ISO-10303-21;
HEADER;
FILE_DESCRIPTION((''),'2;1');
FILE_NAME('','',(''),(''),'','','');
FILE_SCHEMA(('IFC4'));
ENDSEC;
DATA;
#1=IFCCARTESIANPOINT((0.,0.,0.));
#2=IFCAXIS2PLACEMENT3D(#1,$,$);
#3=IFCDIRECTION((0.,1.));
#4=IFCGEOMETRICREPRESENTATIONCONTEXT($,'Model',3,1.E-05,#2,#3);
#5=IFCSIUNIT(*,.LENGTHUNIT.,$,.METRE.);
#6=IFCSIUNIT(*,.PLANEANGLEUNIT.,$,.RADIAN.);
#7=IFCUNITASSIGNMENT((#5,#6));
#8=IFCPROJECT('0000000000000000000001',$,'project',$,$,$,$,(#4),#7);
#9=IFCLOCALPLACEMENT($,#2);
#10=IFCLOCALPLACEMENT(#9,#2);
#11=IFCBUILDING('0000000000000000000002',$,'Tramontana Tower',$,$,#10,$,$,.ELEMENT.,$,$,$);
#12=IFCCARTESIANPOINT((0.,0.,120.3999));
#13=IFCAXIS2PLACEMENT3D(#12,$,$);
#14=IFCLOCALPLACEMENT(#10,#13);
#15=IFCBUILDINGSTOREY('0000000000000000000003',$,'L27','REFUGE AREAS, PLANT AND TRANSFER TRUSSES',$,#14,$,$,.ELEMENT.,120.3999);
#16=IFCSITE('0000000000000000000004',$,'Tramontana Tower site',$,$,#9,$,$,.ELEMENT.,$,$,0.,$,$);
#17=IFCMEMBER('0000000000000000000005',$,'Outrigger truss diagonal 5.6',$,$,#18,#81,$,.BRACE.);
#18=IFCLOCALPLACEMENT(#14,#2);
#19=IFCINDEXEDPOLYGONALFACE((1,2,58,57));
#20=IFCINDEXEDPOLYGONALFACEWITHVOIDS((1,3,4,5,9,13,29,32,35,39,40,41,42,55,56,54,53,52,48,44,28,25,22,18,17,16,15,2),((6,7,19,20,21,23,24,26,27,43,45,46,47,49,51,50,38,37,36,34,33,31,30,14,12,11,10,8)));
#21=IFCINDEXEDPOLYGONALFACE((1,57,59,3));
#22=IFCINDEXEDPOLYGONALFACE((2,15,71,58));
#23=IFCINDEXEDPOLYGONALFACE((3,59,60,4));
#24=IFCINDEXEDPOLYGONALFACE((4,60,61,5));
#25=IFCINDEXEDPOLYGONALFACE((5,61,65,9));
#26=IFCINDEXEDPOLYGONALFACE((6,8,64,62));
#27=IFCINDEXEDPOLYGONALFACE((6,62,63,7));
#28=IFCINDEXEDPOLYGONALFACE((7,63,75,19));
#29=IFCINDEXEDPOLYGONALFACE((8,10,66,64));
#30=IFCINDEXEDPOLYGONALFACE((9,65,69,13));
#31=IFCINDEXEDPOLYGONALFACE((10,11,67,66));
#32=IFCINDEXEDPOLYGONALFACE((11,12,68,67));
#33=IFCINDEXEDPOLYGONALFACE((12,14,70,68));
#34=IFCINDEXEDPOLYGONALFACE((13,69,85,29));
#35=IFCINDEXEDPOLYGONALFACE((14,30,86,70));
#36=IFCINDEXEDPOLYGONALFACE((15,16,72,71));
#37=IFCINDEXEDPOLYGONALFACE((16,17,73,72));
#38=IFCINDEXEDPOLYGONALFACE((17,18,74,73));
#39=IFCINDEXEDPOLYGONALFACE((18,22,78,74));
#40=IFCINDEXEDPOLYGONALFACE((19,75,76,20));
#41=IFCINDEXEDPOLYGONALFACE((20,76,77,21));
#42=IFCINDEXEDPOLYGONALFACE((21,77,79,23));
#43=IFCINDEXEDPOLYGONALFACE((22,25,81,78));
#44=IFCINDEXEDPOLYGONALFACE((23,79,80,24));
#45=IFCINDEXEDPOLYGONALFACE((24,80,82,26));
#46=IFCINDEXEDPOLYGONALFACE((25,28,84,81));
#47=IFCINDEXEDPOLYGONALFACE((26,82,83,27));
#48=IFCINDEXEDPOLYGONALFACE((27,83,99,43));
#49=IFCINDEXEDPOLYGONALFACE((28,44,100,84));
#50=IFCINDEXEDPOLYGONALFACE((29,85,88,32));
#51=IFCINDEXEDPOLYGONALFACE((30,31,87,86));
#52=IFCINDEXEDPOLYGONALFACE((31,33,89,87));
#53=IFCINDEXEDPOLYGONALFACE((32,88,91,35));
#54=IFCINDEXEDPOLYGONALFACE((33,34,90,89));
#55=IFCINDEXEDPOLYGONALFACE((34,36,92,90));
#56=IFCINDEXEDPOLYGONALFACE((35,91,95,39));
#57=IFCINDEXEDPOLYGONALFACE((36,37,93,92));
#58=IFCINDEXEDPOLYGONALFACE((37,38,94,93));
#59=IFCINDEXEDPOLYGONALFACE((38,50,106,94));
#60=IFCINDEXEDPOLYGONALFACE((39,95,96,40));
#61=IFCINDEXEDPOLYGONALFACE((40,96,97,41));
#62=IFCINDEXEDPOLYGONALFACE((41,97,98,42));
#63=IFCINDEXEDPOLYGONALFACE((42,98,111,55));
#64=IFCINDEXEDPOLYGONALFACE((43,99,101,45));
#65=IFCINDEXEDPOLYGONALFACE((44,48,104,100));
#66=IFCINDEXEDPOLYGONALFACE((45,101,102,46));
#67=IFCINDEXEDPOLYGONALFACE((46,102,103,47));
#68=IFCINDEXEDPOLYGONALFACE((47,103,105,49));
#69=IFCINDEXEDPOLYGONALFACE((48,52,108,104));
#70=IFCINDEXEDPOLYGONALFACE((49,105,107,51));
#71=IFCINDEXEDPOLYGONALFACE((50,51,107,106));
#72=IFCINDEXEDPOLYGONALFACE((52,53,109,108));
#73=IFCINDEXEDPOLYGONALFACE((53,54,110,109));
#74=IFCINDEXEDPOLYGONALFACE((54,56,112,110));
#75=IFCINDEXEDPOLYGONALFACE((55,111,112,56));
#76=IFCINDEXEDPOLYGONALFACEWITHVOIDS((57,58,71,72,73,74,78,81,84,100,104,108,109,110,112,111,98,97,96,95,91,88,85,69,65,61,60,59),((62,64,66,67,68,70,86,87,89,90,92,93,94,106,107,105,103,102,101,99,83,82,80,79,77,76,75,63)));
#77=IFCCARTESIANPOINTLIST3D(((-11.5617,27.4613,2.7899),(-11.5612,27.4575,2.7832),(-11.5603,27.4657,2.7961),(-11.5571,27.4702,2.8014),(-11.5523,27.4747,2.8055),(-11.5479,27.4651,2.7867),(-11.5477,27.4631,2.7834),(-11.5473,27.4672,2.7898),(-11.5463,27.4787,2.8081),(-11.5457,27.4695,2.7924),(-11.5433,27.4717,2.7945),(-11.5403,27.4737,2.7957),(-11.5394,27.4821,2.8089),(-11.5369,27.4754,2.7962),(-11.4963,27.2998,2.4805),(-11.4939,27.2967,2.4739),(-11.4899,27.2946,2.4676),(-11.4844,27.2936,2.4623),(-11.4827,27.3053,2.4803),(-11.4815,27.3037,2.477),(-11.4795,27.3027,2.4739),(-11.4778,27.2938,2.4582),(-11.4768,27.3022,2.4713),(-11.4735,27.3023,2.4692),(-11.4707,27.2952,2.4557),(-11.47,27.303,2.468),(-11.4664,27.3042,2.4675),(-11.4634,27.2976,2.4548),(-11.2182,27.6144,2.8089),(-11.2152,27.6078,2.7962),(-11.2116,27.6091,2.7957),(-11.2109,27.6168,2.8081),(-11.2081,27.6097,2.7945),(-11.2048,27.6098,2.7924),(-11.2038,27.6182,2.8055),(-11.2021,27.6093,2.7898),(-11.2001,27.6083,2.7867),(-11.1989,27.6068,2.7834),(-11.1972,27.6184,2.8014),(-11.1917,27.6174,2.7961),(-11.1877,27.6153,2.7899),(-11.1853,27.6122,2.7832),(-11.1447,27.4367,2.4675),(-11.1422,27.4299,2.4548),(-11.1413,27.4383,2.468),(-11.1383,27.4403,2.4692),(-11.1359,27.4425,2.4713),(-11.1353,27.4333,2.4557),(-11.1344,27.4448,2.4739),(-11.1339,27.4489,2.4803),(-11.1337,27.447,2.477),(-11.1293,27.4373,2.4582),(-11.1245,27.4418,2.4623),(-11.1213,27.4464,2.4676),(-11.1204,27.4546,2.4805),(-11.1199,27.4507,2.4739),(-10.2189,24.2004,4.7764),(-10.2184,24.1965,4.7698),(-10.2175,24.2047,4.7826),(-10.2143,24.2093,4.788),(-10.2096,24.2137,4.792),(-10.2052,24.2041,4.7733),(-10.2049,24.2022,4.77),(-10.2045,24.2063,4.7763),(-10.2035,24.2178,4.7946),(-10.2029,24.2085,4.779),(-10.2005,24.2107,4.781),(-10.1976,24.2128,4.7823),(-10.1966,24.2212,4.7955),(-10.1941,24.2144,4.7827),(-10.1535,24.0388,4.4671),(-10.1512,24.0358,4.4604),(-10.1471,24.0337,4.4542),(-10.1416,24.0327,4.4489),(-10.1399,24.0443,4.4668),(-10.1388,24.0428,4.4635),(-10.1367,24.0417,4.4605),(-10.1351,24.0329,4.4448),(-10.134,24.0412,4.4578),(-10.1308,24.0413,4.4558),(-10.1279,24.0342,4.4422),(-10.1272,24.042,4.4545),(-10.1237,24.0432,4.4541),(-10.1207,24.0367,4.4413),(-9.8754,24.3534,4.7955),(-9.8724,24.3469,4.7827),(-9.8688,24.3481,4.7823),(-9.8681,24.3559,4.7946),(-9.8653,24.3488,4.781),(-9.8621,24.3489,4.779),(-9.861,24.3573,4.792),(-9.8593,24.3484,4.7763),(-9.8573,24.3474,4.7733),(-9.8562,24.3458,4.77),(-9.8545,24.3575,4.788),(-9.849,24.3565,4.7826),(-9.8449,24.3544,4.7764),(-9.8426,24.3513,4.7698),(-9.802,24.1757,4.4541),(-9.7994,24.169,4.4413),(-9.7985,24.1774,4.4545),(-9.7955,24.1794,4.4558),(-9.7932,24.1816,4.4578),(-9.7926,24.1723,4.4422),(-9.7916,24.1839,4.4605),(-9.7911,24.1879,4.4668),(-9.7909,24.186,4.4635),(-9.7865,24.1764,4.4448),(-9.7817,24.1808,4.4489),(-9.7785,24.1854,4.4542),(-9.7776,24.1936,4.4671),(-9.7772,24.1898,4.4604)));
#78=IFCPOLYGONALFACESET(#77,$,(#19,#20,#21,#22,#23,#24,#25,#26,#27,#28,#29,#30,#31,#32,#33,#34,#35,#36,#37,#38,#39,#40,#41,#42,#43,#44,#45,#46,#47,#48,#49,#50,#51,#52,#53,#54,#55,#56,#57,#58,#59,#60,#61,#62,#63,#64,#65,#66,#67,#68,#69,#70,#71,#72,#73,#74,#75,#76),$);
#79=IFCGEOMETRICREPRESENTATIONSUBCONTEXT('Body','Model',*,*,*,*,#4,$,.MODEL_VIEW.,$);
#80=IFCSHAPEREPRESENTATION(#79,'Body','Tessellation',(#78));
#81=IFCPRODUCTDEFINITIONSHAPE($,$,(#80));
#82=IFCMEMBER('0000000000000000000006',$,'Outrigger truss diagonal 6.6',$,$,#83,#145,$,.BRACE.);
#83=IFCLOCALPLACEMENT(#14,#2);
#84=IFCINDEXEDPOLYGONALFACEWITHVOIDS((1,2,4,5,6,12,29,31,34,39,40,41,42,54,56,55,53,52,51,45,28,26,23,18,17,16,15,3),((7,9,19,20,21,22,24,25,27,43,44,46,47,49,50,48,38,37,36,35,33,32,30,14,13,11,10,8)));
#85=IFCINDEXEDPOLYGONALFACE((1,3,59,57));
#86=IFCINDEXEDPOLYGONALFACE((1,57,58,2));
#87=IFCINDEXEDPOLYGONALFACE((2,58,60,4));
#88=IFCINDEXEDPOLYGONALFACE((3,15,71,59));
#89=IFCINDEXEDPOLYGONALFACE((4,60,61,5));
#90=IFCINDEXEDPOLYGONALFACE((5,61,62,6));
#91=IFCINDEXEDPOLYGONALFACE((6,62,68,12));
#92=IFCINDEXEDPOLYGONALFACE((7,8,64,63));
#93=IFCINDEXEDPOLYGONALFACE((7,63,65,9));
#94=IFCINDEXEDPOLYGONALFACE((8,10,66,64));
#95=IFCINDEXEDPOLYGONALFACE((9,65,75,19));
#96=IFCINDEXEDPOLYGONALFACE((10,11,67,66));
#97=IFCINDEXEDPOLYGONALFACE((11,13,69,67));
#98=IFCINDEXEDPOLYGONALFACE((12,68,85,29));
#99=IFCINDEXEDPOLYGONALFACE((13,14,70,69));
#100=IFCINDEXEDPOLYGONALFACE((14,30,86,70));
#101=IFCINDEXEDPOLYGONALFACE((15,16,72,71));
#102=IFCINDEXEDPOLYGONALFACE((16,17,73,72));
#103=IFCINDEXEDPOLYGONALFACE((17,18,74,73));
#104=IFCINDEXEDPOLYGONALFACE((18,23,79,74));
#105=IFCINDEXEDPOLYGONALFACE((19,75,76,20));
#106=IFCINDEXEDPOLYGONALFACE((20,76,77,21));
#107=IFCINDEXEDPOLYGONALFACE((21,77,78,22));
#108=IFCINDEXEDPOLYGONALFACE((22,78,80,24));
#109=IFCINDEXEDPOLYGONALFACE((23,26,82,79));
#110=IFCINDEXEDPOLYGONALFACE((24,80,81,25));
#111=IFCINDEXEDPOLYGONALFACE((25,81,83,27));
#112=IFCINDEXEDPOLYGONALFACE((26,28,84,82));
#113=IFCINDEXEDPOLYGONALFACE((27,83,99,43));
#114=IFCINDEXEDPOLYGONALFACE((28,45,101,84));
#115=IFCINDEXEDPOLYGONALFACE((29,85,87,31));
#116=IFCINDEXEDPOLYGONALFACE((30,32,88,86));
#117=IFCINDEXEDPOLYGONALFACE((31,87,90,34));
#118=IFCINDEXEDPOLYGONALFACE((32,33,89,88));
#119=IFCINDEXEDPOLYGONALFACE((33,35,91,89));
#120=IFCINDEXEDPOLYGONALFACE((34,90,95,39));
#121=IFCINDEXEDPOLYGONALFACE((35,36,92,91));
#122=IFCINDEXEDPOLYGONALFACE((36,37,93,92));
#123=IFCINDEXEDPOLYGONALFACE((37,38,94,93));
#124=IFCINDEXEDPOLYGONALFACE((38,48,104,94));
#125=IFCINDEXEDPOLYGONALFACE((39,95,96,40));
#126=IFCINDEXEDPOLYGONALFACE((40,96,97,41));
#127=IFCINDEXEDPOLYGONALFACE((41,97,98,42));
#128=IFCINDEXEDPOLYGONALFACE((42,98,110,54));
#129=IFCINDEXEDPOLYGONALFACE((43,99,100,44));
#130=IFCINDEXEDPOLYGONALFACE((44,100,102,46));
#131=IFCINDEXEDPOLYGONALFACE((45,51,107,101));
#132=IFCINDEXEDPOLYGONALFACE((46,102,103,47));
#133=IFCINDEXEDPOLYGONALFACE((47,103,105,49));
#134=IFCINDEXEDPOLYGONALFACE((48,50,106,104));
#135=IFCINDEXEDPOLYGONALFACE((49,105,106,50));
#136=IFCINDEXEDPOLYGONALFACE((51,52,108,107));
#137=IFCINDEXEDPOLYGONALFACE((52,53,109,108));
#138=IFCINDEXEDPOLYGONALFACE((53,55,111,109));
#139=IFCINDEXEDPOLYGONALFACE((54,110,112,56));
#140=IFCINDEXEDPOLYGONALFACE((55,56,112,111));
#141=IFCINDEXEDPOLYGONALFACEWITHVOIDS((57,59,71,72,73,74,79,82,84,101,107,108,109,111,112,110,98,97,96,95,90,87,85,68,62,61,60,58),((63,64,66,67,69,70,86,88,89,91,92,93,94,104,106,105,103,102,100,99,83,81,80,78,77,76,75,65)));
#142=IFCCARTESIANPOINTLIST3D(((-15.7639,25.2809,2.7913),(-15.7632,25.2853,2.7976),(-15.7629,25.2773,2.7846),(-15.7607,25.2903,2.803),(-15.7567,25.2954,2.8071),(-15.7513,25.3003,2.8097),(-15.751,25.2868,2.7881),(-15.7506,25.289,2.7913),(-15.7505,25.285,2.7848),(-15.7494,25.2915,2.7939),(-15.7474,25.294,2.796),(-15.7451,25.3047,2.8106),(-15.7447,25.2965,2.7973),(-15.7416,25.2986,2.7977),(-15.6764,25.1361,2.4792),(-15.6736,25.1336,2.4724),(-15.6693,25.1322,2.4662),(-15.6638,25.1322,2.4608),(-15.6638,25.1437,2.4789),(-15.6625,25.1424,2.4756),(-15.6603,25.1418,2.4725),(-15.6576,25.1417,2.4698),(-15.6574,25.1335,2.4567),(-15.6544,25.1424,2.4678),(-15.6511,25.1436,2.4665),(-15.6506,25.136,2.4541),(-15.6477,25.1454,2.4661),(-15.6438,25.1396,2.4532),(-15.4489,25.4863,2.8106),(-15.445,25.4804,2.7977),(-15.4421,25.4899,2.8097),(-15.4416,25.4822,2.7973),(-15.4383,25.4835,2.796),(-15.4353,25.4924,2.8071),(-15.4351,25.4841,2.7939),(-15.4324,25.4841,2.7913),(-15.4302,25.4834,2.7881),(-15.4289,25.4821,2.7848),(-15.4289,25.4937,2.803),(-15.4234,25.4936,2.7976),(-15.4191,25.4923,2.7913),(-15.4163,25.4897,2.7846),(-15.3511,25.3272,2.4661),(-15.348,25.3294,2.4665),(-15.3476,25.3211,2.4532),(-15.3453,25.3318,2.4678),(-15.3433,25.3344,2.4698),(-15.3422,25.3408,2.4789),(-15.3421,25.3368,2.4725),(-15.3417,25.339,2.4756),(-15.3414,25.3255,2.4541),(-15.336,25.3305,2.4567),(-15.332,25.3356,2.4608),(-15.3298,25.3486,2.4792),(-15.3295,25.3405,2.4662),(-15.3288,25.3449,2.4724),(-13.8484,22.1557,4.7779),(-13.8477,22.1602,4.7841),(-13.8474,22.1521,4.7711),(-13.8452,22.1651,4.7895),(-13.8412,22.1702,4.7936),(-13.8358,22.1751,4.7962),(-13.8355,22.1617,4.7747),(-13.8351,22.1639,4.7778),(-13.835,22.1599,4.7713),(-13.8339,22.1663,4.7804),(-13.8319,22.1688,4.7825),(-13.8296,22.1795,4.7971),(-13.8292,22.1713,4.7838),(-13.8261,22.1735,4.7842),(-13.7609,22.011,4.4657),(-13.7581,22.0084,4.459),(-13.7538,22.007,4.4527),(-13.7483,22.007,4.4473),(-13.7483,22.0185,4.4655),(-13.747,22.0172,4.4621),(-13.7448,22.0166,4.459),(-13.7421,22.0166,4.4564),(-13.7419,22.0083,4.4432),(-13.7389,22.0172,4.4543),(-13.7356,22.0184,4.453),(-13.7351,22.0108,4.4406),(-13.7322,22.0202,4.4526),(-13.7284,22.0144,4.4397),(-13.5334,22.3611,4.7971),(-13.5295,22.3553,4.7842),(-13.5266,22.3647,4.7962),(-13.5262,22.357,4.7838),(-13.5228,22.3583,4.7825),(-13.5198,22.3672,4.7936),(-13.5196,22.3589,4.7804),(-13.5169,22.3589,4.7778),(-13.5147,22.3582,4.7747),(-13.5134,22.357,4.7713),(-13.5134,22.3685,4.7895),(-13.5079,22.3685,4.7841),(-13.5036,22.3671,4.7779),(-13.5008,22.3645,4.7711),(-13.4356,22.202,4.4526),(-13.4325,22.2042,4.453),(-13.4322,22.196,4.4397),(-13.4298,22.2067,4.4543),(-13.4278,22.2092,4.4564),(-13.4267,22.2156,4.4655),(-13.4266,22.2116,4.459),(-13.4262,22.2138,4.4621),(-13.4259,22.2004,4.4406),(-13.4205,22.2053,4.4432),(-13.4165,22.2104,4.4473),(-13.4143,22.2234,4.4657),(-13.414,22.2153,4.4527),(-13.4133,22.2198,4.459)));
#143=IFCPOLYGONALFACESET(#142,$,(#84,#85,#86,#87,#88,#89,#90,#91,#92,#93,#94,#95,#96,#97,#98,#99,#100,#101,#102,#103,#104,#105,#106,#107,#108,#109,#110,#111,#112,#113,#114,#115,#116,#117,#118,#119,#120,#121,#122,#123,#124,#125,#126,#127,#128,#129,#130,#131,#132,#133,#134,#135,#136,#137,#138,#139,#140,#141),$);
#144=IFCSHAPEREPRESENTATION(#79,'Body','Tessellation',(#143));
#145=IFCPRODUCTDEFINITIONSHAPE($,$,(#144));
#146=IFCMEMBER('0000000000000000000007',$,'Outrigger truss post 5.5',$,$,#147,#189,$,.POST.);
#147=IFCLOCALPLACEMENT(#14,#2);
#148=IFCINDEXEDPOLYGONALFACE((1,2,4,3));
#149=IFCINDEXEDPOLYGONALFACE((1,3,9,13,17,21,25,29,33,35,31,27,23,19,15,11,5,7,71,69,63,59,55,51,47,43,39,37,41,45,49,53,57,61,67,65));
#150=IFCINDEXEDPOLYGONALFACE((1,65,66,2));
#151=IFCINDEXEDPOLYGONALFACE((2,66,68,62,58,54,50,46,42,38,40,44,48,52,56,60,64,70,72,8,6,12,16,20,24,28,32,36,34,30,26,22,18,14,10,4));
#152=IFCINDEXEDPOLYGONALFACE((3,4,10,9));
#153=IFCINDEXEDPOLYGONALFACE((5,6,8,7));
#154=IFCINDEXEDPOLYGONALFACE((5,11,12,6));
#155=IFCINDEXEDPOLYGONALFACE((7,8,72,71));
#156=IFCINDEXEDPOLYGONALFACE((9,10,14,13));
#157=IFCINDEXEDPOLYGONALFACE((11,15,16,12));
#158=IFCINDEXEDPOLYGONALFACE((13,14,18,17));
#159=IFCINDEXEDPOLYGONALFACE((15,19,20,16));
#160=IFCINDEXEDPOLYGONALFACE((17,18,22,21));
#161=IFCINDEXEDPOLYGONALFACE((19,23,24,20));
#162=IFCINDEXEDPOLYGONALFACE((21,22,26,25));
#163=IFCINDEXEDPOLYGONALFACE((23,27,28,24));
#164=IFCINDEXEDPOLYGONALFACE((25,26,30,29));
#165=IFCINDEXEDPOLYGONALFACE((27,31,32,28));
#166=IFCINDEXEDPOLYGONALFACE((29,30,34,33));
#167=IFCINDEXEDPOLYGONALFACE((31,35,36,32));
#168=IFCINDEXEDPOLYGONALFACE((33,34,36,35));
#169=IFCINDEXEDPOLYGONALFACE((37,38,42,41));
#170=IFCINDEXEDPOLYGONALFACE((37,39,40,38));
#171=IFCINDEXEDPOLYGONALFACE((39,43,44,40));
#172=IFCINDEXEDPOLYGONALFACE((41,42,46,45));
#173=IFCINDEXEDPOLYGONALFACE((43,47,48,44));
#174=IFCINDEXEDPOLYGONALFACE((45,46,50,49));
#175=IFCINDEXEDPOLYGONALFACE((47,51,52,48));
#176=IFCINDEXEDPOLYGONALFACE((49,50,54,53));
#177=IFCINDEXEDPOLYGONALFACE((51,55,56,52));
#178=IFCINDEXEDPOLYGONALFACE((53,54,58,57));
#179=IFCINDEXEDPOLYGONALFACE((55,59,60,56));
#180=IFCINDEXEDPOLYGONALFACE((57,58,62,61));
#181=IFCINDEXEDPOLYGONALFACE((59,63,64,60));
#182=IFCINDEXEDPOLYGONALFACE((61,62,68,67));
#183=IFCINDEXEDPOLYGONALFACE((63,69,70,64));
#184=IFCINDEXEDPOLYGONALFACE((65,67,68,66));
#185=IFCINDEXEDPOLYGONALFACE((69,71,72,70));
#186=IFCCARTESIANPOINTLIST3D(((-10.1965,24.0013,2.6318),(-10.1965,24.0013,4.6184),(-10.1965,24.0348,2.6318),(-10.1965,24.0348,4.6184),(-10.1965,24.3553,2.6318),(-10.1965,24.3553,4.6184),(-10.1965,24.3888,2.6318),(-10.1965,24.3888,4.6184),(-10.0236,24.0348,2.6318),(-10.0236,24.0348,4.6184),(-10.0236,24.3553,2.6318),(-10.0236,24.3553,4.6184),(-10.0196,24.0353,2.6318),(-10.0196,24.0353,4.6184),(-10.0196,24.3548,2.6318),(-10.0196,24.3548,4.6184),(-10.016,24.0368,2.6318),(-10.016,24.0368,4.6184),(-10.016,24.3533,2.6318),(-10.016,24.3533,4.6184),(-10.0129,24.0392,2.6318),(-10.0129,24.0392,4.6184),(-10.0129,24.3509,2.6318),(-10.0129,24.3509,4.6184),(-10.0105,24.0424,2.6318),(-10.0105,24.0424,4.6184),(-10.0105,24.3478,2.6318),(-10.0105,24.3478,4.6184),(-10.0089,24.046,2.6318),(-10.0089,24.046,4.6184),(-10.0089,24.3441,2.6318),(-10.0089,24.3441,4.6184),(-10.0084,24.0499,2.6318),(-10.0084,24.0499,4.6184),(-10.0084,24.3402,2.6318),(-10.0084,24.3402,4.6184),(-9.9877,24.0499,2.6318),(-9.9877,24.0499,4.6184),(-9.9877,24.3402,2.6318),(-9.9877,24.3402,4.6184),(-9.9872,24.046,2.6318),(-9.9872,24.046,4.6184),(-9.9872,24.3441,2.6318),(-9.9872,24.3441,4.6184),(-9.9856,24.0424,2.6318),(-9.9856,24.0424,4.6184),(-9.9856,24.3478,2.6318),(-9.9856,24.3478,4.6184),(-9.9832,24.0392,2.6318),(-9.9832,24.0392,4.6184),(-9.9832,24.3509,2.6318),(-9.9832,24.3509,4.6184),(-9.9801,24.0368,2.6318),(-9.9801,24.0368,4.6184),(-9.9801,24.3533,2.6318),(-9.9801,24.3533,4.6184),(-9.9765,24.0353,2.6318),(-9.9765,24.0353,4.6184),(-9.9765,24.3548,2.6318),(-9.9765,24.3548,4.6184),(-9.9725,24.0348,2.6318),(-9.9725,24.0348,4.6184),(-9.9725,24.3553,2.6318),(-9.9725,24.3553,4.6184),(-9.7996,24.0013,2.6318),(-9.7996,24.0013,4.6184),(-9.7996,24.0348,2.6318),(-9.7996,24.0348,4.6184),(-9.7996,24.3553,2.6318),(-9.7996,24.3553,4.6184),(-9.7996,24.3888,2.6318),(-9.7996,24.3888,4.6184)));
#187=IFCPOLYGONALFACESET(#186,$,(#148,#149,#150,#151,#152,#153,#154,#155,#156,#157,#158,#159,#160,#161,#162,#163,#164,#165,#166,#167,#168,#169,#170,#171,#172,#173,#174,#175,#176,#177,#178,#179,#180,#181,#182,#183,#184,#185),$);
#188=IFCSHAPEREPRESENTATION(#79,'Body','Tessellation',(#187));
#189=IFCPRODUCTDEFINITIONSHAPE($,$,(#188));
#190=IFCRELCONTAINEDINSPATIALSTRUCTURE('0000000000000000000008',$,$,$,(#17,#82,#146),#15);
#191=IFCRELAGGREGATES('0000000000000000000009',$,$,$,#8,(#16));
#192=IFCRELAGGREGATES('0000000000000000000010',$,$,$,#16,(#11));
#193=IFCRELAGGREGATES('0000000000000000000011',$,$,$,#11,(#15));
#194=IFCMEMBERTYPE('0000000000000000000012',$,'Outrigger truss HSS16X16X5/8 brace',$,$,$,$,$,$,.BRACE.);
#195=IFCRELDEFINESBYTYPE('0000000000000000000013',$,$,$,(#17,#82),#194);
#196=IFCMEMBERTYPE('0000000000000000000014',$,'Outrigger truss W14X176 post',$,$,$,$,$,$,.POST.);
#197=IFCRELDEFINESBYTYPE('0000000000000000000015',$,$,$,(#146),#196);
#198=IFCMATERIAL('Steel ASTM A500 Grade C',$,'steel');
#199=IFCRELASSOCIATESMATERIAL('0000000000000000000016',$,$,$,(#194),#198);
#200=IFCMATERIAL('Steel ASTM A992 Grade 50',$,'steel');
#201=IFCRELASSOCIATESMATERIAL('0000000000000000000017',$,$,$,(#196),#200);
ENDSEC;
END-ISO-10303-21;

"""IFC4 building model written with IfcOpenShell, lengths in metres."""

from ifc_helpers import new_model, si_unit, direction, frame, origin, origin_2d, place, context, subcontext, project, spatial, hollow_rectangle, i_section, extrude, material, material_profile, profile_set, type_object, element, save


model = new_model("IFC4")

# Units and contexts
model_context = context("Model", 3, precision=1e-05, world=origin(), true_north=direction((0.0, 1.0)))
body_context = subcontext(model_context, "Body", "Model", "MODEL_VIEW")
ifc_project = project(units=[si_unit("LENGTHUNIT", "METRE"), si_unit("PLANEANGLEUNIT", "RADIAN")], contexts=[model_context])

# Site, building, storey
site_placement = place(None, origin())
site = spatial("IfcSite", under=ifc_project, at=site_placement, Name="Tramontana Tower site", CompositionType="ELEMENT", RefElevation=0.0)
building_placement = place(site_placement, origin())
building = spatial("IfcBuilding", under=site, at=building_placement, Name="Tramontana Tower", CompositionType="ELEMENT")
storey_placement = place(building_placement, frame((0.0, 0.0, 120.3999)))
storey = spatial("IfcBuildingStorey", under=building, at=storey_placement, Name="L27", Description="REFUGE AREAS, PLANT AND TRANSFER TRUSSES", CompositionType="ELEMENT", Elevation=120.3999)

# Members
ifc_material_1 = material(Name="Steel ASTM A500 Grade C", Category="steel")
ifc_material_profile_1 = material_profile(ifc_material_1, hollow_rectangle(XDim=0.4065, YDim=0.4065, WallThickness=0.0146, InnerFilletRadius=0.0146, OuterFilletRadius=0.0295, at=origin_2d()), Name="HSS16X16X5/8")
ifc_profile_set_1 = profile_set([ifc_material_profile_1], Name="Steel ASTM A500 Grade C")
member_type_1 = type_object("IfcMemberType", Name="Outrigger truss HSS16X16X5/8 brace", PredefinedType="BRACE", material=ifc_profile_set_1)
member_1_placement = place(storey_placement, frame((-9.998, 24.1951, 4.6184), z_axis=(-0.331741, 0.805648, -0.490795), x_axis=(-0.924677, -0.380753, 0.0)))
element("IfcMember", 1, at=member_1_placement, inside=storey, type_object=member_type_1, Name="Outrigger truss diagonal 5.6", PredefinedType="BRACE", context=body_context, shape_type="SweptSolid", body=[
    extrude(hollow_rectangle(XDim=0.4065, YDim=0.4065, WallThickness=0.0146, InnerFilletRadius=0.0146, OuterFilletRadius=0.0295, at=origin_2d()), origin(), (0.0, 0.0, 1.0), 4.0476),
])
member_2_placement = place(storey_placement, frame((-13.6309, 22.1877, 4.6184), z_axis=(-0.459439, 0.749589, -0.476479), x_axis=(-0.852595, -0.522573, 0.0)))
element("IfcMember", 2, at=member_2_placement, inside=storey, type_object=member_type_1, Name="Outrigger truss diagonal 6.6", PredefinedType="BRACE", context=body_context, shape_type="SweptSolid", body=[
    extrude(hollow_rectangle(XDim=0.4065, YDim=0.4065, WallThickness=0.0146, InnerFilletRadius=0.0146, OuterFilletRadius=0.0295, at=origin_2d()), origin(), (0.0, 0.0, 1.0), 4.1692),
])
ifc_material_2 = material(Name="Steel ASTM A992 Grade 50", Category="steel")
ifc_material_profile_2 = material_profile(ifc_material_2, i_section(OverallWidth=0.397, OverallDepth=0.3875, WebThickness=0.0208, FlangeThickness=0.0334, FilletRadius=0.0151, at=origin_2d()), Name="W14X176")
ifc_profile_set_2 = profile_set([ifc_material_profile_2], Name="Steel ASTM A992 Grade 50")
member_type_2 = type_object("IfcMemberType", Name="Outrigger truss W14X176 post", PredefinedType="POST", material=ifc_profile_set_2)
for number, where, z_axis, x_axis, name in (
    (3, (-9.998, 24.1951, 2.6318), (0.0, 0.0, 1.0), (1.0, 0.0, 0.0), "Outrigger truss post 5.5"),
):
    element("IfcMember", number, at=place(storey_placement, frame(where, z_axis=z_axis, x_axis=x_axis)), inside=storey, type_object=member_type_2, Name=name, PredefinedType="POST", context=body_context, shape_type="SweptSolid", body=[
        extrude(i_section(OverallWidth=0.397, OverallDepth=0.3875, WebThickness=0.0208, FlangeThickness=0.0334, FilletRadius=0.0151, at=origin_2d()), origin(), (0.0, 0.0, 1.0), 1.9866),
    ])

save(model, "model.ifc")
